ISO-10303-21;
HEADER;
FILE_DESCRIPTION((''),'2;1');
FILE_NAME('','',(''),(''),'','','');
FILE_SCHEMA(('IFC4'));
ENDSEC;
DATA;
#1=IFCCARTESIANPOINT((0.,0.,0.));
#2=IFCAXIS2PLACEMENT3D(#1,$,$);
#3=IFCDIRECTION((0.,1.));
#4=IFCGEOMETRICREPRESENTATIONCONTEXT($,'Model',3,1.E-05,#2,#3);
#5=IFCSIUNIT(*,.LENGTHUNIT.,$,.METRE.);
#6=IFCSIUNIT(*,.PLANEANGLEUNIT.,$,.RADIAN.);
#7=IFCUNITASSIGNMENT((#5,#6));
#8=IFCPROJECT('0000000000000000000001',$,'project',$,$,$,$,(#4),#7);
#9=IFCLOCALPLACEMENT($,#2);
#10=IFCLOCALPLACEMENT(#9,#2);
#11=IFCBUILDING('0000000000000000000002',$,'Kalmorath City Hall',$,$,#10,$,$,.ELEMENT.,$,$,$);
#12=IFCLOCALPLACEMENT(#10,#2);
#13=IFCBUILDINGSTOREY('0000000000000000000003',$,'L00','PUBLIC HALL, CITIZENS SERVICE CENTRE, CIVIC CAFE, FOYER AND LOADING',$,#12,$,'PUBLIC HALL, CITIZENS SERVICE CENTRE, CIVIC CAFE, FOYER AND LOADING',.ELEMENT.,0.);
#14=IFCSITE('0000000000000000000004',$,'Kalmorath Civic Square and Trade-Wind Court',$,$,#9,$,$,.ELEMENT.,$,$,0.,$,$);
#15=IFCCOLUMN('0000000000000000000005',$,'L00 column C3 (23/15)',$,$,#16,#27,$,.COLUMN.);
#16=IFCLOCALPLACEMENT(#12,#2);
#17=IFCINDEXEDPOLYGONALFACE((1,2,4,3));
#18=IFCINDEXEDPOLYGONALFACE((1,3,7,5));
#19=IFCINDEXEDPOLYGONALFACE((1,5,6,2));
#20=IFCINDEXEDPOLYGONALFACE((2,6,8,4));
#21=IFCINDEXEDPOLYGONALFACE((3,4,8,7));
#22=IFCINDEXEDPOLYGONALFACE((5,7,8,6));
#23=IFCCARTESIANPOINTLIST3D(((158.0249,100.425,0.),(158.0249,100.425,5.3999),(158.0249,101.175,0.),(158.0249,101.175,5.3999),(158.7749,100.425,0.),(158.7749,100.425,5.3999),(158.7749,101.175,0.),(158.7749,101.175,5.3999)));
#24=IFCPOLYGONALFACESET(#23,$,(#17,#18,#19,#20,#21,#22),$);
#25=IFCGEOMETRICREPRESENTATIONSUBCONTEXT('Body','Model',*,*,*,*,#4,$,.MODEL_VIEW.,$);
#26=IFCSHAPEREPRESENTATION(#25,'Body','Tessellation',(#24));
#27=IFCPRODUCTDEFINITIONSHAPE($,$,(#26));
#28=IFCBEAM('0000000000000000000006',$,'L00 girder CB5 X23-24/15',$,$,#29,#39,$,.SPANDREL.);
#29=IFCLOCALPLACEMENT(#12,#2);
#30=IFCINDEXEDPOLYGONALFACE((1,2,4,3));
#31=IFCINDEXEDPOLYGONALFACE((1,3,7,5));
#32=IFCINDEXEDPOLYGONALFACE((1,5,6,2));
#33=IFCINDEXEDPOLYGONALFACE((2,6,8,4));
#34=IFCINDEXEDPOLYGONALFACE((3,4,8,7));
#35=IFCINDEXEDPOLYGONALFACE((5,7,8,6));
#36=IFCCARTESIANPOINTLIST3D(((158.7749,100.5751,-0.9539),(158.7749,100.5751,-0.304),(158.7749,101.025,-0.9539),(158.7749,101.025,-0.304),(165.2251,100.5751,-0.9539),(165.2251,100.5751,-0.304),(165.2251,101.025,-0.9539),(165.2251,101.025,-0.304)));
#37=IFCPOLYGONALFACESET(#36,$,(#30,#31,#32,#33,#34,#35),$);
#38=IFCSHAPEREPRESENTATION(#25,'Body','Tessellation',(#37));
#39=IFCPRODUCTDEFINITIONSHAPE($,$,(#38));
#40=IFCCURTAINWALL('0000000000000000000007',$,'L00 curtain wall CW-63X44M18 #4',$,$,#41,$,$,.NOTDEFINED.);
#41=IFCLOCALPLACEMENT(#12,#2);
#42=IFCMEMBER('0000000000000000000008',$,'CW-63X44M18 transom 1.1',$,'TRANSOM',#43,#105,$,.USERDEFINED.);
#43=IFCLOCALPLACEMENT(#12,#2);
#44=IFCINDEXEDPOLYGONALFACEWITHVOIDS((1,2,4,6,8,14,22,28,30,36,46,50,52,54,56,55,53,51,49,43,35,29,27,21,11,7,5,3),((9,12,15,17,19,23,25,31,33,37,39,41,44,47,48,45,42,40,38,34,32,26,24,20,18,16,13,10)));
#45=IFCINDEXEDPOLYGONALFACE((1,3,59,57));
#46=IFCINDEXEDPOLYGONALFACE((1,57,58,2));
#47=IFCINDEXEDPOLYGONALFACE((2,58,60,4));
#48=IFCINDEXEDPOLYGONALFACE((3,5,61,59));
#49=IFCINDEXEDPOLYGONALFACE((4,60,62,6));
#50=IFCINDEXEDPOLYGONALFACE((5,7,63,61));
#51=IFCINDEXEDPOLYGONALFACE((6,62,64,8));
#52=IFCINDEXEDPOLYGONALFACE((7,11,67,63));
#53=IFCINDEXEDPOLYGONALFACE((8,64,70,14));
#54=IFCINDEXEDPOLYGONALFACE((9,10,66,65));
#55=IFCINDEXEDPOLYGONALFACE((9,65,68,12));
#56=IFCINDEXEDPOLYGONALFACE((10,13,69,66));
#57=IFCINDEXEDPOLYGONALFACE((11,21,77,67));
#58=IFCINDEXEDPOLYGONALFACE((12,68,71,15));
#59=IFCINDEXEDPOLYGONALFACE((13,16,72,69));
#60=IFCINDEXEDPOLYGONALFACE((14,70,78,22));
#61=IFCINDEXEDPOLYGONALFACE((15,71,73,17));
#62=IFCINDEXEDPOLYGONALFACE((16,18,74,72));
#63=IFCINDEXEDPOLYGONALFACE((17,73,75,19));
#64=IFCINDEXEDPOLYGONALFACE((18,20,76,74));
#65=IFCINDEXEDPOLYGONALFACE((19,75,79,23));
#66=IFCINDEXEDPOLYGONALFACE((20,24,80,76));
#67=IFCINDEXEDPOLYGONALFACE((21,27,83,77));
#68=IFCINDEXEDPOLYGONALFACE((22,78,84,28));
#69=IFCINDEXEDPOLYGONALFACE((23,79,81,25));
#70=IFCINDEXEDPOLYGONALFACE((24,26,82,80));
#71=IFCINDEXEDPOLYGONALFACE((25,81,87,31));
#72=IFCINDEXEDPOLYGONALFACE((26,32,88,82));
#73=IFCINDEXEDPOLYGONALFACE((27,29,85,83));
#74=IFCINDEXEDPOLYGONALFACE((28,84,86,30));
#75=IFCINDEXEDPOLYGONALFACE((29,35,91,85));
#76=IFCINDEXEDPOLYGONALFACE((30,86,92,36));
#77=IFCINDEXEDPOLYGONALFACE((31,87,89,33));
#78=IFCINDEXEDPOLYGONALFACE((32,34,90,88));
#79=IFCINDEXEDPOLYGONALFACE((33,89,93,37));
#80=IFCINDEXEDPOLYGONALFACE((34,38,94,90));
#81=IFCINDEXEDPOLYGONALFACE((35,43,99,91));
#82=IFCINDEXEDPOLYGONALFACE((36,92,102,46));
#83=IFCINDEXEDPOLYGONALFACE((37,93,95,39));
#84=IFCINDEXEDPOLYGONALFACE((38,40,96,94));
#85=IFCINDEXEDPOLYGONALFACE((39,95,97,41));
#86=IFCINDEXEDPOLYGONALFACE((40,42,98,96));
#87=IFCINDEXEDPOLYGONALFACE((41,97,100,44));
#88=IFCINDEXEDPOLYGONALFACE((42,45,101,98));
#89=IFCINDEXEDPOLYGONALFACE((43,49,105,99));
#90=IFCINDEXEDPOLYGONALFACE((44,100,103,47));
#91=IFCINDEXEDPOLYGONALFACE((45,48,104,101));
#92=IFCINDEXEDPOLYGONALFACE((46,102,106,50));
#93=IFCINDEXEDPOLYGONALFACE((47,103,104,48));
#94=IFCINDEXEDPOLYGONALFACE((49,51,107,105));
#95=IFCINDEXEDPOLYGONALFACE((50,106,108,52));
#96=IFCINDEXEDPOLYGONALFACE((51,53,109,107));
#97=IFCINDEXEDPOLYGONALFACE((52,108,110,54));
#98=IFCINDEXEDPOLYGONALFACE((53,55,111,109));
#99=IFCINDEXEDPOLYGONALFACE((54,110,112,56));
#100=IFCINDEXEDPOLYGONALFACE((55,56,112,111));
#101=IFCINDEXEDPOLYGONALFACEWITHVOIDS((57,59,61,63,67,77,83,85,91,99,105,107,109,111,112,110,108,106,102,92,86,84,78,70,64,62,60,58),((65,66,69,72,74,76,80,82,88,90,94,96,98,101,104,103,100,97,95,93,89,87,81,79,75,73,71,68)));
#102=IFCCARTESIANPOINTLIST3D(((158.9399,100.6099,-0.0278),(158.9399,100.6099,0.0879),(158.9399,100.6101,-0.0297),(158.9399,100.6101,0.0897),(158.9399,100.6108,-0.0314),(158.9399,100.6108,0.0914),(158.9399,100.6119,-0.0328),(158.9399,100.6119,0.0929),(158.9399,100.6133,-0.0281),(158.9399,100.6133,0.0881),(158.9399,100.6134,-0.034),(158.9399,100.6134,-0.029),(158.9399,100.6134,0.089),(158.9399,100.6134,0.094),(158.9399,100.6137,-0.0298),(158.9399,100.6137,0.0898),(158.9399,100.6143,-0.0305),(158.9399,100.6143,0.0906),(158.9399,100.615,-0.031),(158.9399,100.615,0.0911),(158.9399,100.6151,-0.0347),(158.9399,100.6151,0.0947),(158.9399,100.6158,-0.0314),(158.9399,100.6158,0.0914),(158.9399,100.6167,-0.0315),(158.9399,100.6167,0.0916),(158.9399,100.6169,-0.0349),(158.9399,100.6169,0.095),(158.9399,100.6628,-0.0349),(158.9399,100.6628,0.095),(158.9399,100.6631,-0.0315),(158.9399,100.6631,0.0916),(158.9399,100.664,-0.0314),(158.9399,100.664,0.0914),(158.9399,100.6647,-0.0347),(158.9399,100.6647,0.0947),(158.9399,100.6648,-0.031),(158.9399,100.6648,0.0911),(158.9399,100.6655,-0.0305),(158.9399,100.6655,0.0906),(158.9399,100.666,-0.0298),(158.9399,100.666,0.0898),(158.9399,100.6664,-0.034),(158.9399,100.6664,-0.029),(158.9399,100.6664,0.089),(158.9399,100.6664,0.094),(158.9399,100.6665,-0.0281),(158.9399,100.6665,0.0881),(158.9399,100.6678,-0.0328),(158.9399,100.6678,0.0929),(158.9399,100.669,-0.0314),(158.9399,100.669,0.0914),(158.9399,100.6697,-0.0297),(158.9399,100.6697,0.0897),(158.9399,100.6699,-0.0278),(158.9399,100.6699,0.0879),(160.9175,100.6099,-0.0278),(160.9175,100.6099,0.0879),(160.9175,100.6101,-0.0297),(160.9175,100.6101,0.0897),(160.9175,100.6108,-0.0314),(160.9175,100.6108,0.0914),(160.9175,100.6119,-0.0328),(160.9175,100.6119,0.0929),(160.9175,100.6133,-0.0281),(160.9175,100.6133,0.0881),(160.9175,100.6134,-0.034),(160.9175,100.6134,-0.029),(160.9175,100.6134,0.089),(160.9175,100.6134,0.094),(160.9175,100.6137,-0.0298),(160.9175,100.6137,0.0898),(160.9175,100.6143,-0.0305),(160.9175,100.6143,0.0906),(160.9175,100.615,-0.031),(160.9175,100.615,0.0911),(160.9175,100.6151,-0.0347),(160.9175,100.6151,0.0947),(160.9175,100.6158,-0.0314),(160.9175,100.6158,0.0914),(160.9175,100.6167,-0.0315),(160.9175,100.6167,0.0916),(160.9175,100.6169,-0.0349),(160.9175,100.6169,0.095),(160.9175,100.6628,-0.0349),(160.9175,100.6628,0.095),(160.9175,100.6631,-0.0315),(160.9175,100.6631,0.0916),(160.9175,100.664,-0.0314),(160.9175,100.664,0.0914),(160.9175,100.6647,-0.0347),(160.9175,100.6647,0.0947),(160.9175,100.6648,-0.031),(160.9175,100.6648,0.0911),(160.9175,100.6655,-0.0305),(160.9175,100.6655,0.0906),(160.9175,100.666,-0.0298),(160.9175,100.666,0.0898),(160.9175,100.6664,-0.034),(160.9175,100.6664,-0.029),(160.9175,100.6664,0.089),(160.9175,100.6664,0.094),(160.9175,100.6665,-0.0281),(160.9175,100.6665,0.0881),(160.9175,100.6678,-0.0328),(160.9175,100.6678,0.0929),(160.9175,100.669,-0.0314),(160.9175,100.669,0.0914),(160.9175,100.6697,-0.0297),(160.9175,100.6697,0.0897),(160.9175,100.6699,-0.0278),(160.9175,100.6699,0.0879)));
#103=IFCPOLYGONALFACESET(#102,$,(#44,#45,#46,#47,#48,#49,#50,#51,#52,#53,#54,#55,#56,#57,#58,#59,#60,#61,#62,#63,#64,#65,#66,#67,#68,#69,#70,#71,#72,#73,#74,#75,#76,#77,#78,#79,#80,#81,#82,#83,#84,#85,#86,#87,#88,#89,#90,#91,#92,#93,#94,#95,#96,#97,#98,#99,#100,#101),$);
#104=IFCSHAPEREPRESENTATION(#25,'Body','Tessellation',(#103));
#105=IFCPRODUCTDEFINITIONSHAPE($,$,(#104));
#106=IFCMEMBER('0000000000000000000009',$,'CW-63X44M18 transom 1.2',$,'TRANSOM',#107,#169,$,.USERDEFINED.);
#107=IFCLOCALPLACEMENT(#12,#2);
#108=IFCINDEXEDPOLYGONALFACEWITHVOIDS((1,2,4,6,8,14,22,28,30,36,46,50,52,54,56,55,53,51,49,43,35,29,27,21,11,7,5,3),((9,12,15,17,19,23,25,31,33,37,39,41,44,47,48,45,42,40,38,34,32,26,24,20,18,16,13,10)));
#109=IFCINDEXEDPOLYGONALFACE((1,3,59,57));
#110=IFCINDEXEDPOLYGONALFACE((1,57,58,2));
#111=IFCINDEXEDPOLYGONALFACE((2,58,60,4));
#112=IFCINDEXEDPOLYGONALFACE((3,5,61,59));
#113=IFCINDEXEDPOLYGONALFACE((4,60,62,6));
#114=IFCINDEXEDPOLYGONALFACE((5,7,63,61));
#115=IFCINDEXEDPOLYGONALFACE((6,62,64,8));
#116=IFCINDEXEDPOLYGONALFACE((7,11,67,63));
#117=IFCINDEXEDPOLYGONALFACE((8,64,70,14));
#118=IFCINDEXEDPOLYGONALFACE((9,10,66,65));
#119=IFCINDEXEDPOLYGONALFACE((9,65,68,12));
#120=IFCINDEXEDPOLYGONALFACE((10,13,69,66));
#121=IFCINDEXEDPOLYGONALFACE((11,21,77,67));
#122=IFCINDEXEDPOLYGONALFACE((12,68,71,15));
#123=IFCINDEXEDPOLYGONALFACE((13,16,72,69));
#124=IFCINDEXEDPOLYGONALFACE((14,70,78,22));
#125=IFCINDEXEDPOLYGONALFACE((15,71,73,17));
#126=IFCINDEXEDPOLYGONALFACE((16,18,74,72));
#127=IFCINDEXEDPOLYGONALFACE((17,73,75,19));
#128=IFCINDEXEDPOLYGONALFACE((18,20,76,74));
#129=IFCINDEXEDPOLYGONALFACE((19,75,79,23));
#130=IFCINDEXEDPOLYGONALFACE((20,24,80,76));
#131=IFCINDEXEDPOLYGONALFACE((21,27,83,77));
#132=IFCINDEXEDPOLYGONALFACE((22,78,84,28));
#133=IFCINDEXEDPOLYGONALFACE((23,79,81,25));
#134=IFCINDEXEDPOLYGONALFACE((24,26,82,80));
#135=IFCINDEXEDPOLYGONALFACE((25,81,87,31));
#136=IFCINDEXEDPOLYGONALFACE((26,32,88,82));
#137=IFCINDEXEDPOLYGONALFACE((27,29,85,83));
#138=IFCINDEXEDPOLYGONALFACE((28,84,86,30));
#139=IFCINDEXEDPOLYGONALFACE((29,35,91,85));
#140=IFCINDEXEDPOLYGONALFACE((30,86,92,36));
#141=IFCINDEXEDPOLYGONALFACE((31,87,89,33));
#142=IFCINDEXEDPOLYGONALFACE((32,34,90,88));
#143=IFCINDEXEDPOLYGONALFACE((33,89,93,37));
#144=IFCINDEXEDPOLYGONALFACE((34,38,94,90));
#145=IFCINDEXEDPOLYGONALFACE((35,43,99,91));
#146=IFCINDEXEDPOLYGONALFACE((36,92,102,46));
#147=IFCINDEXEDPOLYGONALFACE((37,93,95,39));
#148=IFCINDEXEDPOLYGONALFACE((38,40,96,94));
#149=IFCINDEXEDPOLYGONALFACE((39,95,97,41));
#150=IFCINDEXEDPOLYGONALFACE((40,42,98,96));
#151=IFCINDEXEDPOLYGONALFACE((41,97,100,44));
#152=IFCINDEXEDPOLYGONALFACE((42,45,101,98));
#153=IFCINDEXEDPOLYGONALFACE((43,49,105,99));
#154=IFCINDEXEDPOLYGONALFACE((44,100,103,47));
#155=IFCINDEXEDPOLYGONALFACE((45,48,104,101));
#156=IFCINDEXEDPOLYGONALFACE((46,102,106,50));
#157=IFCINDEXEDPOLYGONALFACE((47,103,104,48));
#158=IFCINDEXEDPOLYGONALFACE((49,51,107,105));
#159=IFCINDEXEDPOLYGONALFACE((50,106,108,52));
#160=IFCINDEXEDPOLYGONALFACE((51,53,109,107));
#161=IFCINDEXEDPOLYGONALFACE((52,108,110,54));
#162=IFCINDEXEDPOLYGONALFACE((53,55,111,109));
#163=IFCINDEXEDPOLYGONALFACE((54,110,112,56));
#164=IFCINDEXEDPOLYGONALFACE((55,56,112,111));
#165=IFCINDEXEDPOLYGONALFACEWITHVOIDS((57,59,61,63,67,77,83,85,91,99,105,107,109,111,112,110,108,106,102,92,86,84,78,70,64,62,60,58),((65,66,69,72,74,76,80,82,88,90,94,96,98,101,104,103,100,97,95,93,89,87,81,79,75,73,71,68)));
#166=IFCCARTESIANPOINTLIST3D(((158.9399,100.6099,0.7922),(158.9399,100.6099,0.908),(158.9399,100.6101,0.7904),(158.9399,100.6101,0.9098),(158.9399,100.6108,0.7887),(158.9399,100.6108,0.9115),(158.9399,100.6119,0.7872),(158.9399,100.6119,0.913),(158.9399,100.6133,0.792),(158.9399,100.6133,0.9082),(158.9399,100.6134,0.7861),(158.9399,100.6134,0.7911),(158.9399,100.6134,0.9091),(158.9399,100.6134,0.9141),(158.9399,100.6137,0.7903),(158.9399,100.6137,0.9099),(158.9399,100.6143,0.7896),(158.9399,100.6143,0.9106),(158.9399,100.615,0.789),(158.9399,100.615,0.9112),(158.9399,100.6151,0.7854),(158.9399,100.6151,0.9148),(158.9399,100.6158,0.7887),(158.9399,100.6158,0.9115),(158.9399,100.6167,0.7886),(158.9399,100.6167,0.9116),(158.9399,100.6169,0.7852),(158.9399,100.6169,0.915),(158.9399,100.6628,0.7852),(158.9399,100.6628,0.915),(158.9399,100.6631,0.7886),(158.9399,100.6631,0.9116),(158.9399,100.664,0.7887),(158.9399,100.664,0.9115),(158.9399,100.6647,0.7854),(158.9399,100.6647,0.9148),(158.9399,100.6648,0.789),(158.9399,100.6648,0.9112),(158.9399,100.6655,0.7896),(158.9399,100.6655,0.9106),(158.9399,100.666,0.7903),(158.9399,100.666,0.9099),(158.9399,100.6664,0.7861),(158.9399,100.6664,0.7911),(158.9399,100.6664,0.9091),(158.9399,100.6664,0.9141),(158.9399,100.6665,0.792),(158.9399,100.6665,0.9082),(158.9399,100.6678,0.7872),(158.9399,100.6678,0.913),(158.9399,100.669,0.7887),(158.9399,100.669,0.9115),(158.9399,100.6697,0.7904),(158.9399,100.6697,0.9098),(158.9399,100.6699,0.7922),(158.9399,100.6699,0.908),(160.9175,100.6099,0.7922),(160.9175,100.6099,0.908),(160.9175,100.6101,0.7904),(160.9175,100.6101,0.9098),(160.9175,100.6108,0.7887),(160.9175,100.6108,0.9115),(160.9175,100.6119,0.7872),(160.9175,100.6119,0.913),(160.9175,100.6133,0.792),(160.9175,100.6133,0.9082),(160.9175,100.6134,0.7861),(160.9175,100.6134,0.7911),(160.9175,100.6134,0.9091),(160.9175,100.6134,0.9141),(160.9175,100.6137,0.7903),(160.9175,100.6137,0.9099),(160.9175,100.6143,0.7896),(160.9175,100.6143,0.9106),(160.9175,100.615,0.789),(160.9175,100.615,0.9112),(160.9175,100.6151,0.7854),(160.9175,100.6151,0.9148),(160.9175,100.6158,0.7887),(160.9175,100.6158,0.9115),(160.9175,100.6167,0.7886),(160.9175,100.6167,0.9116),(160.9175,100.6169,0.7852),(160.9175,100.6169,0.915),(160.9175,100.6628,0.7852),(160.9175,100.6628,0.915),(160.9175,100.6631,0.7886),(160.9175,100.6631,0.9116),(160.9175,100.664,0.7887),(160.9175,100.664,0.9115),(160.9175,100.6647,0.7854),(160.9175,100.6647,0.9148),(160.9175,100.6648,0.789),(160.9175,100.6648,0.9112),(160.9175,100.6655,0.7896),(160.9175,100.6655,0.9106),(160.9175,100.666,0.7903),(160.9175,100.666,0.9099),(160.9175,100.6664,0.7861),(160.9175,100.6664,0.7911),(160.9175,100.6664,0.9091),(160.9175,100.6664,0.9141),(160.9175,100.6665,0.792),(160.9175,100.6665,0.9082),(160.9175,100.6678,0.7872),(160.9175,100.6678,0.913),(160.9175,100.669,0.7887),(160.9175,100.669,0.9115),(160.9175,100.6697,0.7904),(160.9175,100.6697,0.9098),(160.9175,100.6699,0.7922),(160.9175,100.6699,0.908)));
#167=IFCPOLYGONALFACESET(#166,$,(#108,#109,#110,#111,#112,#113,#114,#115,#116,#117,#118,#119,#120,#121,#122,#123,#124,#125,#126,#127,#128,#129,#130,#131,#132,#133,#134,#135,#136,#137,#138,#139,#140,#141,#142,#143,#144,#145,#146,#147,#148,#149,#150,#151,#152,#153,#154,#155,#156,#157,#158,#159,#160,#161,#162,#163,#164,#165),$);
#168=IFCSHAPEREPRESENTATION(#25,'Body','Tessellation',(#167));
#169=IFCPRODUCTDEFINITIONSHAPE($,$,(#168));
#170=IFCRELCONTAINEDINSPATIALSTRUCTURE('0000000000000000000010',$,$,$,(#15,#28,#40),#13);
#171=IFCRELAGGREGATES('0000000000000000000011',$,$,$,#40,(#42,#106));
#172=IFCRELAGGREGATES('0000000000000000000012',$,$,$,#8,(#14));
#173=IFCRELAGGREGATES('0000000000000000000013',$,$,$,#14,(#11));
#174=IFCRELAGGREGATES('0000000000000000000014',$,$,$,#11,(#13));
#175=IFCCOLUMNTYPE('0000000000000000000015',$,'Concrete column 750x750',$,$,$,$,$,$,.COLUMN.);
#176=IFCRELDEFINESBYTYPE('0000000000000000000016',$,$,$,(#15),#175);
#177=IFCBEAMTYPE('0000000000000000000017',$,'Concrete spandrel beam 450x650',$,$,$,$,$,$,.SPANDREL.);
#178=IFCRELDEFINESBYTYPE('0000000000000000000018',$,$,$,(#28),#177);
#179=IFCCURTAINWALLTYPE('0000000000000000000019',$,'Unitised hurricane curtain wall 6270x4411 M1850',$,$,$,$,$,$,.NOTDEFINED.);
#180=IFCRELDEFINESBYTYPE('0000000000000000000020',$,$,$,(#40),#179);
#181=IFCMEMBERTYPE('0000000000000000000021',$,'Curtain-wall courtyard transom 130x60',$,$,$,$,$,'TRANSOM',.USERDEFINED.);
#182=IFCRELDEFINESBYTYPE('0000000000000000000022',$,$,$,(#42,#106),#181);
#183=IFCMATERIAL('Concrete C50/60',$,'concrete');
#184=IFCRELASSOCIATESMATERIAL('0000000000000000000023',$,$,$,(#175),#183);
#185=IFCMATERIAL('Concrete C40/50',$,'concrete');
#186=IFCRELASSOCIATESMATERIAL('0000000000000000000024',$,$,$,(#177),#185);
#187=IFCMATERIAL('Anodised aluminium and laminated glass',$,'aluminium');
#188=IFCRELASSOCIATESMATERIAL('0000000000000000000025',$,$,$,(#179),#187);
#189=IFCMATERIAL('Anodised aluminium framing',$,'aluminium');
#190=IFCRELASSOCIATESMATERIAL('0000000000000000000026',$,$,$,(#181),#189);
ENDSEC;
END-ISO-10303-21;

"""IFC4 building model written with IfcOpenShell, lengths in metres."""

from ifc_helpers import new_model, si_unit, direction, frame, origin, origin_2d, place, context, subcontext, project, spatial, rectangle, hollow_rectangle, extrude, material, material_profile, profile_set, type_object, element, aggregate, save


model = new_model("IFC4")

# Units and contexts
model_context = context("Model", 3, precision=1e-05, world=origin(), true_north=direction((0.0, 1.0)))
body_context = subcontext(model_context, "Body", "Model", "MODEL_VIEW")
ifc_project = project(units=[si_unit("LENGTHUNIT", "METRE"), si_unit("PLANEANGLEUNIT", "RADIAN")], contexts=[model_context])

# Site, building, storey
site_placement = place(None, origin())
site = spatial("IfcSite", under=ifc_project, at=site_placement, Name="Kalmorath Civic Square and Trade-Wind Court", CompositionType="ELEMENT", RefElevation=0.0)
building_placement = place(site_placement, origin())
building = spatial("IfcBuilding", under=site, at=building_placement, Name="Kalmorath City Hall", CompositionType="ELEMENT")
storey_placement = place(building_placement, origin())
storey = spatial("IfcBuildingStorey", under=building, at=storey_placement, Name="L00", Description="PUBLIC HALL, CITIZENS SERVICE CENTRE, CIVIC CAFE, FOYER AND LOADING", LongName="PUBLIC HALL, CITIZENS SERVICE CENTRE, CIVIC CAFE, FOYER AND LOADING", CompositionType="ELEMENT", Elevation=0.0)

# Column
ifc_material_1 = material(Name="Concrete C50/60", Category="concrete")
ifc_material_profile_1 = material_profile(ifc_material_1, rectangle(XDim=0.75, YDim=0.75, at=origin_2d()), Name="RC-COL-750X750")
ifc_profile_set_1 = profile_set([ifc_material_profile_1], Name="Concrete C50/60")
column_type = type_object("IfcColumnType", Name="Concrete column 750x750", PredefinedType="COLUMN", material=ifc_profile_set_1)
column_placement = place(storey_placement, frame((158.3999, 100.8, 0.0), z_axis=(0.0, 0.0, 1.0), x_axis=(1.0, 0.0, 0.0)))
element("IfcColumn", 1, at=column_placement, inside=storey, type_object=column_type, Name="L00 column C3 (23/15)", PredefinedType="COLUMN", context=body_context, shape_type="SweptSolid", body=[
    extrude(rectangle(XDim=0.75, YDim=0.75, at=origin_2d()), origin(), (0.0, 0.0, 1.0), 5.3999),
])

# Beam
ifc_material_2 = material(Name="Concrete C40/50", Category="concrete")
ifc_material_profile_2 = material_profile(ifc_material_2, rectangle(XDim=0.45, YDim=0.6499, at=origin_2d()), Name="RC-BM-450X650")
ifc_profile_set_2 = profile_set([ifc_material_profile_2], Name="Concrete C40/50")
beam_type_1 = type_object("IfcBeamType", Name="Concrete spandrel beam 450x650", PredefinedType="SPANDREL", material=ifc_profile_set_2)
beam_placement = place(storey_placement, frame((158.7749, 100.8, -0.6289), z_axis=(1.0, 0.0, 0.0), x_axis=(0.0, 1.0, 0.0)))
element("IfcBeam", 2, at=beam_placement, inside=storey, type_object=beam_type_1, Name="L00 girder CB5 X23-24/15", PredefinedType="SPANDREL", context=body_context, shape_type="SweptSolid", body=[
    extrude(rectangle(XDim=0.45, YDim=0.6499, at=origin_2d()), origin(), (0.0, 0.0, 1.0), 6.4502),
])

# Curtain wall, members
ifc_material_3 = material(Name="Anodised aluminium and laminated glass", Category="aluminium")
curtain_wall_type = type_object("IfcCurtainWallType", Name="Unitised hurricane curtain wall 6270x4411 M1850", PredefinedType="NOTDEFINED", material=ifc_material_3)
curtain_wall_placement = place(storey_placement, origin())
curtain_wall = element("IfcCurtainWall", 3, at=curtain_wall_placement, inside=storey, type_object=curtain_wall_type, Name="L00 curtain wall CW-63X44M18 #4", PredefinedType="NOTDEFINED")
ifc_material_4 = material(Name="Anodised aluminium framing", Category="aluminium")
ifc_material_profile_3 = material_profile(ifc_material_4, hollow_rectangle(XDim=0.0601, YDim=0.1299, WallThickness=0.0034, InnerFilletRadius=0.0034, OuterFilletRadius=0.0071, at=origin_2d()), Name="ALU-TRN-130X60X3.5")
ifc_profile_set_3 = profile_set([ifc_material_profile_3], Name="Anodised aluminium framing")
member_type_1 = type_object("IfcMemberType", Name="Curtain-wall courtyard transom 130x60", ElementType="TRANSOM", PredefinedType="USERDEFINED", material=ifc_profile_set_3)
member_1_placement = place(storey_placement, frame((158.9399, 100.6399, 0.03), z_axis=(1.0, 0.0, 0.0), x_axis=(0.0, 1.0, 0.0)))
member_1 = element("IfcMember", 4, at=member_1_placement, type_object=member_type_1, Name="CW-63X44M18 transom 1.1", ObjectType="TRANSOM", PredefinedType="USERDEFINED", context=body_context, shape_type="SweptSolid", body=[
    extrude(hollow_rectangle(XDim=0.0601, YDim=0.1299, WallThickness=0.0034, InnerFilletRadius=0.0034, OuterFilletRadius=0.0071, at=origin_2d()), origin(), (0.0, 0.0, 1.0), 1.9775),
])
member_2_placement = place(storey_placement, frame((158.9399, 100.6399, 0.8501), z_axis=(1.0, 0.0, 0.0), x_axis=(0.0, 1.0, 0.0)))
member_2 = element("IfcMember", 5, at=member_2_placement, type_object=member_type_1, Name="CW-63X44M18 transom 1.2", ObjectType="TRANSOM", PredefinedType="USERDEFINED", context=body_context, shape_type="SweptSolid", body=[
    extrude(hollow_rectangle(XDim=0.0601, YDim=0.1299, WallThickness=0.0034, InnerFilletRadius=0.0034, OuterFilletRadius=0.0071, at=origin_2d()), origin(), (0.0, 0.0, 1.0), 1.9775),
])

aggregate(curtain_wall, [member_1, member_2])

save(model, "model.ifc")
